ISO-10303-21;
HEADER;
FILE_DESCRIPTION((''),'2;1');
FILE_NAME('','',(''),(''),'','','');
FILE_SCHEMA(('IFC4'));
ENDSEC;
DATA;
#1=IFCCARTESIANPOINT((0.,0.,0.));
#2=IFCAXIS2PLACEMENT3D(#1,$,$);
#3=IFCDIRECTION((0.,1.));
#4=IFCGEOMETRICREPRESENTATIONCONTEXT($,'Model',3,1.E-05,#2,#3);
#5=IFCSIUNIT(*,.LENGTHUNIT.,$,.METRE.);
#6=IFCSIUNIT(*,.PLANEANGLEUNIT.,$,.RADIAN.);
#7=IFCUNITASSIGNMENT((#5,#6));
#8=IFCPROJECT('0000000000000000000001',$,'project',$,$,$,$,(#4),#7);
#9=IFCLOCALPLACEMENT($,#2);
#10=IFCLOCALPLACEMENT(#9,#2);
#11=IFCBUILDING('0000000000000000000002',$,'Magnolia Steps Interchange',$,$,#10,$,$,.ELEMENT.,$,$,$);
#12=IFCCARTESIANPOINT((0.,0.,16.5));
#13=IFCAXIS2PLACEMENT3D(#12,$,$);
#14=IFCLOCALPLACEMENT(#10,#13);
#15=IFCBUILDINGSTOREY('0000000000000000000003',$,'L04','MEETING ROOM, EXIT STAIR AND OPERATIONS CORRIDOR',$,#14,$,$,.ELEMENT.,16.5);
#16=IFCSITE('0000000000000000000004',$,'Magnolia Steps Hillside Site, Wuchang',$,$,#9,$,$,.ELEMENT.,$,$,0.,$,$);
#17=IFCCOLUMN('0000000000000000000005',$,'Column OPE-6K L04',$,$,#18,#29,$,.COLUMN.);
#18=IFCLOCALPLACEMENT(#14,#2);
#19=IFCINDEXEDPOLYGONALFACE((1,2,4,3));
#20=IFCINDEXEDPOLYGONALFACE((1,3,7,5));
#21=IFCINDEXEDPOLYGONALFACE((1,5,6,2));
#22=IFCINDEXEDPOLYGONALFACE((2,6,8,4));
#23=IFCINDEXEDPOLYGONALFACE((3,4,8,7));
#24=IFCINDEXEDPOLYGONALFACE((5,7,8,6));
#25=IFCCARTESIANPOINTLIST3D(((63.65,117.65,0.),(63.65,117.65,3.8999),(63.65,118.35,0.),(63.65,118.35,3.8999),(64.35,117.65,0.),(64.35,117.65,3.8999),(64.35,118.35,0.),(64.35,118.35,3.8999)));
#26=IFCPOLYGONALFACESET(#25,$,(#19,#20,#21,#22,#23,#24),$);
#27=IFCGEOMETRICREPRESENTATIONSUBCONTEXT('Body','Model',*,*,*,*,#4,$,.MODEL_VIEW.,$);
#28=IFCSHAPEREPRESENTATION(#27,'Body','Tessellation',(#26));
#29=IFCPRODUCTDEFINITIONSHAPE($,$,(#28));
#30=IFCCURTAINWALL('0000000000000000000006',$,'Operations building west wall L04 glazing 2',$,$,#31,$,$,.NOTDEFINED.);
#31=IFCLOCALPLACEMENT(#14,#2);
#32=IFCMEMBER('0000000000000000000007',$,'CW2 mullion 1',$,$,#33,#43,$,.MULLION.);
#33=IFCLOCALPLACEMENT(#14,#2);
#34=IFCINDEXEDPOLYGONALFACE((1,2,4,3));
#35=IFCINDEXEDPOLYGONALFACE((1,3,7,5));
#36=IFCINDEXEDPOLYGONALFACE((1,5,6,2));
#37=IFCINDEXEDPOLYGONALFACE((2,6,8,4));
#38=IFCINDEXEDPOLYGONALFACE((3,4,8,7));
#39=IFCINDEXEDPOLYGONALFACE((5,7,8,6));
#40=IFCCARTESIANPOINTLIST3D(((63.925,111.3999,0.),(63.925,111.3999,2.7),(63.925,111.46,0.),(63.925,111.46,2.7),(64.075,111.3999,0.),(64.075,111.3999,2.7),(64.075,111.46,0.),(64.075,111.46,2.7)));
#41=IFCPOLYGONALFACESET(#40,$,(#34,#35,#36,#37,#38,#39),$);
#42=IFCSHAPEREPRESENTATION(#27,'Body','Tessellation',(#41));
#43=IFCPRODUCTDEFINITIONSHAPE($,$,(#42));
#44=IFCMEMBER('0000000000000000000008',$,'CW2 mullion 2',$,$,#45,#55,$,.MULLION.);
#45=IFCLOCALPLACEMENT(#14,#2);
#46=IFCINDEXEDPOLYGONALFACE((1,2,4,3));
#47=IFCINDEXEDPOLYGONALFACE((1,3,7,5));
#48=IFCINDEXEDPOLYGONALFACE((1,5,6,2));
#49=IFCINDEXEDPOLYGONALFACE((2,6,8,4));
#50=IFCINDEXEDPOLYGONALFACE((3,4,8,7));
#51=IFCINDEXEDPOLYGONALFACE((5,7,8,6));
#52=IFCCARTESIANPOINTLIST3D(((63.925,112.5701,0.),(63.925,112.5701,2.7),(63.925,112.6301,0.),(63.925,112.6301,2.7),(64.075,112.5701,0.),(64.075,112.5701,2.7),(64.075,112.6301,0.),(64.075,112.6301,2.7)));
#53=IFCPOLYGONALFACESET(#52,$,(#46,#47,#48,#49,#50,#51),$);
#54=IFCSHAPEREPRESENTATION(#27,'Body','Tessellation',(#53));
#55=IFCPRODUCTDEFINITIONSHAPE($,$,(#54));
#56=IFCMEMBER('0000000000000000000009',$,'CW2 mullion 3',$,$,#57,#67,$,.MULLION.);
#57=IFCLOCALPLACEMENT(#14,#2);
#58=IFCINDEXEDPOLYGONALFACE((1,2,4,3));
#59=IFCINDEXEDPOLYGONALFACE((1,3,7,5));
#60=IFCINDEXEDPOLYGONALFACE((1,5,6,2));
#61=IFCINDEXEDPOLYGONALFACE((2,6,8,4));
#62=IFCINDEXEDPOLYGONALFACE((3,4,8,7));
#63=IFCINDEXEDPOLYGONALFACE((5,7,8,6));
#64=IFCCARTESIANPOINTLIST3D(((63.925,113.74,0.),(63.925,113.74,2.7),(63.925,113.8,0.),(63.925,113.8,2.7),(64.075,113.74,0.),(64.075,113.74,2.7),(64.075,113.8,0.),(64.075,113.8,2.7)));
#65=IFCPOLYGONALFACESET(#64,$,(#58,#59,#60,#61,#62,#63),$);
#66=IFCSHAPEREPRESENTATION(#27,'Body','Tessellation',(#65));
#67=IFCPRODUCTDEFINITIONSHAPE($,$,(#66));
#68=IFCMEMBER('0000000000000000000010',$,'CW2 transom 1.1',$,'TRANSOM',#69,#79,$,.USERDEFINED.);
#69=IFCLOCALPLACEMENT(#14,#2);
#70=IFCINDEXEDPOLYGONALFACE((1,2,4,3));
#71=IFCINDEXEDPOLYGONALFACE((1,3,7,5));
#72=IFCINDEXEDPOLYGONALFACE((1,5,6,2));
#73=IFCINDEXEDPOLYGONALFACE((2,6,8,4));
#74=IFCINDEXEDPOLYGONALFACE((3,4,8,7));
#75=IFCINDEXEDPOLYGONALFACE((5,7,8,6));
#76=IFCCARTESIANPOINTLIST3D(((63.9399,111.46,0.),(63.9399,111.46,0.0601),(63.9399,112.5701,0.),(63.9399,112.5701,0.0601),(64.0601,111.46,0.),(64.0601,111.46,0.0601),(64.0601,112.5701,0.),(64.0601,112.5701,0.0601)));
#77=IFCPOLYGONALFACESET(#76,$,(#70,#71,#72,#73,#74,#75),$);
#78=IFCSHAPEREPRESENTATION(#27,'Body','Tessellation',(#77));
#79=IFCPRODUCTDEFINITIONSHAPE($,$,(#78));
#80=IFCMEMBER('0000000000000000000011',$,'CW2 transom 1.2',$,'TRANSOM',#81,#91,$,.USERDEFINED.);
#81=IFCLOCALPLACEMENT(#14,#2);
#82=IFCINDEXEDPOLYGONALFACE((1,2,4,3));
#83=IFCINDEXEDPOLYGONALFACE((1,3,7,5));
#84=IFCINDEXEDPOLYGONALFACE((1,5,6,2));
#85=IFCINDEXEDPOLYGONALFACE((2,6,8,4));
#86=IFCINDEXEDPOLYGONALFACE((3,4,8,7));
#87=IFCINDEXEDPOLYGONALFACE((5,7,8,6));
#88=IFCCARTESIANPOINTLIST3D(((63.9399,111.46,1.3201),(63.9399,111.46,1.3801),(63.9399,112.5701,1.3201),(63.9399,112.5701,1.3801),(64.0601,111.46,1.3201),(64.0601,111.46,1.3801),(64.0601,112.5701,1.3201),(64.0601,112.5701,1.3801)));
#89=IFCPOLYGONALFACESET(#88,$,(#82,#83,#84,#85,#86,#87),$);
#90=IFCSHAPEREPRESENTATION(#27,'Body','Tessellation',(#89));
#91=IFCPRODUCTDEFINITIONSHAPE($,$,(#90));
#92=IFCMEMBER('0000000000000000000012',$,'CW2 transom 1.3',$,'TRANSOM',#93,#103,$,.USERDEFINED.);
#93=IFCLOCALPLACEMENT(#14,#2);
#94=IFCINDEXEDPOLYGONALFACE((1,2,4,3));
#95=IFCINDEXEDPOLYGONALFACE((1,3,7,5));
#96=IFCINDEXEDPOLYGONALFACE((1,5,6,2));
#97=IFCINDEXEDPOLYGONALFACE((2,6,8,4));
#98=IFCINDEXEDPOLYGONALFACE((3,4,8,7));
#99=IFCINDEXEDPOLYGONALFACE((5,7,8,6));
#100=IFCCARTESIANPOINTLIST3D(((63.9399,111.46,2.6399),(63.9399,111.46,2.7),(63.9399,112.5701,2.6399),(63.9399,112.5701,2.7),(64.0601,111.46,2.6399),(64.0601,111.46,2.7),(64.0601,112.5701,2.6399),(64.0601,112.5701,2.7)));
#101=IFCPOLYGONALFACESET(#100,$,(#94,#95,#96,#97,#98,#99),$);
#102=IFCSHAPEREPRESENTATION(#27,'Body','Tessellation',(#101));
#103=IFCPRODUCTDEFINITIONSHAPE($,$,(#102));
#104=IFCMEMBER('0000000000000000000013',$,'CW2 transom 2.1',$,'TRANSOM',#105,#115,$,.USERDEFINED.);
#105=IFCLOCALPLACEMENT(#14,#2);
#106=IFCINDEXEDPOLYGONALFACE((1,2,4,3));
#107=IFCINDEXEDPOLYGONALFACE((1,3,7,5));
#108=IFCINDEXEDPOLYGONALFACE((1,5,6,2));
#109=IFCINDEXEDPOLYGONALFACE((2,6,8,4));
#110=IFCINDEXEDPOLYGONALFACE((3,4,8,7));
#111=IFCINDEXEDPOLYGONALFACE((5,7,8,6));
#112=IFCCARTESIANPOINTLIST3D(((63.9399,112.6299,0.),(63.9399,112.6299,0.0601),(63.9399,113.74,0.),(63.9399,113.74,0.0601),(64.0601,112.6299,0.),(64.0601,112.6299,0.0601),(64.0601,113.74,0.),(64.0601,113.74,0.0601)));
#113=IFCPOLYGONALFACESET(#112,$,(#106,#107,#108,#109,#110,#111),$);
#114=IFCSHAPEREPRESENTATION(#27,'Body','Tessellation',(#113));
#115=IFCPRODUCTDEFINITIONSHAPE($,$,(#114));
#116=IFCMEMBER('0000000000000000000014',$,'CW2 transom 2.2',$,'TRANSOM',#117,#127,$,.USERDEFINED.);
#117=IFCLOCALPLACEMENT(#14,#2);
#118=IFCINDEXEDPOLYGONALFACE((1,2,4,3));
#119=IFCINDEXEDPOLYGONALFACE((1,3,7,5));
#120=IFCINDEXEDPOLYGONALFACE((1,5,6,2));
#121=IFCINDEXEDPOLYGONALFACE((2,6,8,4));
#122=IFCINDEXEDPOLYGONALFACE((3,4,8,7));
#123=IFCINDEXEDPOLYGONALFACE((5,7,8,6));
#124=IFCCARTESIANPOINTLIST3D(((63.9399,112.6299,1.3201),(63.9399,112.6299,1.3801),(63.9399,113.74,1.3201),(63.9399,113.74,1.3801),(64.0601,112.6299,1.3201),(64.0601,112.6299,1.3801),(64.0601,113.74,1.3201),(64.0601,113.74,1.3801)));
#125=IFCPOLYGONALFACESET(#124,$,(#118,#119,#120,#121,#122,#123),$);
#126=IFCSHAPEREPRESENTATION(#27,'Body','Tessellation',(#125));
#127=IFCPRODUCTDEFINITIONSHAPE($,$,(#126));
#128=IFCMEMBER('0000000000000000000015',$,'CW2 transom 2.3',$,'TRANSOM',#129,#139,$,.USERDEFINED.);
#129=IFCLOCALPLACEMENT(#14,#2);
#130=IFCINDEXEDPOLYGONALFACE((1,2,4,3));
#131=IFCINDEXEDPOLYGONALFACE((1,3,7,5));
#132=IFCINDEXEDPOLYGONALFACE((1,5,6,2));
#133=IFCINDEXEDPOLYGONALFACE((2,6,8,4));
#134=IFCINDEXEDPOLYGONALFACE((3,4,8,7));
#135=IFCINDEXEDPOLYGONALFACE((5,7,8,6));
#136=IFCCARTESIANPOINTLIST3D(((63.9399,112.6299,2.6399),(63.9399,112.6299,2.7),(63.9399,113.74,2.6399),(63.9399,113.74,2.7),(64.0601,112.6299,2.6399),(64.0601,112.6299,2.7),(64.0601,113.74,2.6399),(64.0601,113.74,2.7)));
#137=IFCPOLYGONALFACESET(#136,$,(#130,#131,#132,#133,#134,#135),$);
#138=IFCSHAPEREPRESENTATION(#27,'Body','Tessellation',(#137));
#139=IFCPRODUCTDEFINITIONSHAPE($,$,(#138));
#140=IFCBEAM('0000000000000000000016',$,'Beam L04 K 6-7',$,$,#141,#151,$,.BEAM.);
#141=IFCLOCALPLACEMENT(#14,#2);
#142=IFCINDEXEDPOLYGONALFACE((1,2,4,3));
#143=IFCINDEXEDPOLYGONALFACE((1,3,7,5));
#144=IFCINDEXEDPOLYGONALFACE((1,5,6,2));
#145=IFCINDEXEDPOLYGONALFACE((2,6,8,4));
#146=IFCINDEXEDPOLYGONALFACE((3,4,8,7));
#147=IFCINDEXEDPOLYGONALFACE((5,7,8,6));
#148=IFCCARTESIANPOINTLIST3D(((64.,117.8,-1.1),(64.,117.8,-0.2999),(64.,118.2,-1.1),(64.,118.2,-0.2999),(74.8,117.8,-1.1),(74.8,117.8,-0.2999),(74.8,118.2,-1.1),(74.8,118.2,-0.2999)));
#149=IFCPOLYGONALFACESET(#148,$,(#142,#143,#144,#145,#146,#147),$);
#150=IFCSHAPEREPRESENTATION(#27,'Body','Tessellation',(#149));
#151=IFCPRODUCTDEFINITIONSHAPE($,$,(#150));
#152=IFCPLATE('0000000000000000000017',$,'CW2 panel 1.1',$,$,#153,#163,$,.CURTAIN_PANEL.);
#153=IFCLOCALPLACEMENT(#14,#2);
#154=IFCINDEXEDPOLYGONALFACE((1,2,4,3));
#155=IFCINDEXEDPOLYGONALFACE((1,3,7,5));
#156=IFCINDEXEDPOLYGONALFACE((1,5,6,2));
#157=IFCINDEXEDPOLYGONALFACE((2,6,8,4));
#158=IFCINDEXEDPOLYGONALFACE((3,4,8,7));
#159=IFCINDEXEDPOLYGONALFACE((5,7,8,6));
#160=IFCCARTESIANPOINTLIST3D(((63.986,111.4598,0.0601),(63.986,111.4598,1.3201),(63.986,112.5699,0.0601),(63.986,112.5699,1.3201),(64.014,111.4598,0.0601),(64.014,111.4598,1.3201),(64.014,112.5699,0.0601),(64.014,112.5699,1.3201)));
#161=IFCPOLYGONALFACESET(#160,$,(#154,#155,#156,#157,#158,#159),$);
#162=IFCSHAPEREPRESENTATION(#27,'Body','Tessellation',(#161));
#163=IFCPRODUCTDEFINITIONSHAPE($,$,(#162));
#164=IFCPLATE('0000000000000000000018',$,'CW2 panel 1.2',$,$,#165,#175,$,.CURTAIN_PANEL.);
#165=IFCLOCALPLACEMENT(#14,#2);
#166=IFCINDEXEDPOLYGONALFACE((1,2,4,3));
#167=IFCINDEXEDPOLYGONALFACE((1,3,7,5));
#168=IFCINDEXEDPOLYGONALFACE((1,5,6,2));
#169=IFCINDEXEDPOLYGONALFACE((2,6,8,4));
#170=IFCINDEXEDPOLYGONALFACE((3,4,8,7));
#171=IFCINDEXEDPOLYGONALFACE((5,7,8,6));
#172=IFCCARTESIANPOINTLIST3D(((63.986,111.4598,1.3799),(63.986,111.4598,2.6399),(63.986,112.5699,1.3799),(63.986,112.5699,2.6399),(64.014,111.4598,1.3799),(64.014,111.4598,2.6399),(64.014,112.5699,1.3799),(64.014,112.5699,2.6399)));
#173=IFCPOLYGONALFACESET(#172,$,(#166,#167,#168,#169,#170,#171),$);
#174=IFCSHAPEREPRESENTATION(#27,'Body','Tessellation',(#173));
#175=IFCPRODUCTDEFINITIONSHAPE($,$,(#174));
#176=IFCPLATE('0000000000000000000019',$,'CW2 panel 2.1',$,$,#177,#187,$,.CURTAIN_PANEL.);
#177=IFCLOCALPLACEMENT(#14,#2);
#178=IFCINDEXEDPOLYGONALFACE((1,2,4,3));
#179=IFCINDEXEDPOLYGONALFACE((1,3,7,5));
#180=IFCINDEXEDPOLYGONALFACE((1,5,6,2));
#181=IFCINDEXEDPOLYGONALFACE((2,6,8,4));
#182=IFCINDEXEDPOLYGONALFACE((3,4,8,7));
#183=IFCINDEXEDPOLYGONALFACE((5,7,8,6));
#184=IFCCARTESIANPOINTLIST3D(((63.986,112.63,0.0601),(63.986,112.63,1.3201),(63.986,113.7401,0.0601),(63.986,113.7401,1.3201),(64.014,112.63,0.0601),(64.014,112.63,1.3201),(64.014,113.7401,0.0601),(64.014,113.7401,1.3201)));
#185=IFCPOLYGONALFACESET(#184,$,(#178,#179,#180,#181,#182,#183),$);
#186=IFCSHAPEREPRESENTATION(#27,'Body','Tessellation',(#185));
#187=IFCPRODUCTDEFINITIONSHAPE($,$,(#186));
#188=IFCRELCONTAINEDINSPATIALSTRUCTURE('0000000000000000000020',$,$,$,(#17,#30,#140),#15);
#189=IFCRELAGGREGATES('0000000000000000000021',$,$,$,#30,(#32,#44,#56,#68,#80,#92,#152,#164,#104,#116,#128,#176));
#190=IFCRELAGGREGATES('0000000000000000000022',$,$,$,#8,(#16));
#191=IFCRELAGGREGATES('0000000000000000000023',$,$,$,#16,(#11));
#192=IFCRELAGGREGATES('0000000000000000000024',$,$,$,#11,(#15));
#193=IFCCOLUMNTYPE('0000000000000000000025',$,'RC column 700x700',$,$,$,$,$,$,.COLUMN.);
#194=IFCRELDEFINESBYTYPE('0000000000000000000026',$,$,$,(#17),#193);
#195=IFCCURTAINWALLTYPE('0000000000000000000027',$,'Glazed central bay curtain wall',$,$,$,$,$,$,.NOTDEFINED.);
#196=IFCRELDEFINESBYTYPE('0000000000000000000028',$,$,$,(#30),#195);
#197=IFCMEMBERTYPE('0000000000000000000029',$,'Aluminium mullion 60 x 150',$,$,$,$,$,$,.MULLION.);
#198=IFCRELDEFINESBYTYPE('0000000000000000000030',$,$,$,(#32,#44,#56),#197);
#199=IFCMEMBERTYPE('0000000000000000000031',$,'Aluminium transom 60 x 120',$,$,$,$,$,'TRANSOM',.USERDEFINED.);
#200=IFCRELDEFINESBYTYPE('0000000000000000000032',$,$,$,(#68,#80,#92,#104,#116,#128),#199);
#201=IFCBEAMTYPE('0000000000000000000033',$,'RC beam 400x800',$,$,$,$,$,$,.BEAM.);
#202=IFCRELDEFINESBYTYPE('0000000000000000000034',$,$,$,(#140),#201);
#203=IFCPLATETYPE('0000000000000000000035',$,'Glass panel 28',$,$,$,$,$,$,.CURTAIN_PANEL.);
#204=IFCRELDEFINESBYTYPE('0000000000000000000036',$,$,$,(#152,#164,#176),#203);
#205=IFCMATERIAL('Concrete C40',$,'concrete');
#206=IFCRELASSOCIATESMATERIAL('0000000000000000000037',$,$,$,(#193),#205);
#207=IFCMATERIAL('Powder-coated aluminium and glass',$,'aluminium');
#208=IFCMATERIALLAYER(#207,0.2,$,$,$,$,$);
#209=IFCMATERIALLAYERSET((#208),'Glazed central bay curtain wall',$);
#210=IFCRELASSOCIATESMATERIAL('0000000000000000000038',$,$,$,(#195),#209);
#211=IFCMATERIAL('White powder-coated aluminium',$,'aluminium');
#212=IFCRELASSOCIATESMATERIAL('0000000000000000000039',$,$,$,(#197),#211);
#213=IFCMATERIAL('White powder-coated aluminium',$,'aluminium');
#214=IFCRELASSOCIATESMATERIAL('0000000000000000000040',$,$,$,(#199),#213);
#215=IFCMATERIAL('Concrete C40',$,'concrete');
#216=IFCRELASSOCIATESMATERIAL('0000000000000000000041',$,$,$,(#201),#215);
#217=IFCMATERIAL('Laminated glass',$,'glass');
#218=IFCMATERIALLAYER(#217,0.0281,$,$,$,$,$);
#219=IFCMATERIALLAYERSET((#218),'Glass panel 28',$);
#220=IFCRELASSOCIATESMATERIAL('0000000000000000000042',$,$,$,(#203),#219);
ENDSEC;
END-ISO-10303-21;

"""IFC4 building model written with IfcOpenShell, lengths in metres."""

from ifc_helpers import new_model, si_unit, direction, frame, origin, origin_2d, place, context, subcontext, project, spatial, rectangle, extrude, material, layer, layer_set, material_profile, profile_set, type_object, element, aggregate, save


model = new_model("IFC4")

# Units and contexts
model_context = context("Model", 3, precision=1e-05, world=origin(), true_north=direction((0.0, 1.0)))
body_context = subcontext(model_context, "Body", "Model", "MODEL_VIEW")
ifc_project = project(units=[si_unit("LENGTHUNIT", "METRE"), si_unit("PLANEANGLEUNIT", "RADIAN")], contexts=[model_context])

# Site, building, storey
site_placement = place(None, origin())
site = spatial("IfcSite", under=ifc_project, at=site_placement, Name="Magnolia Steps Hillside Site, Wuchang", CompositionType="ELEMENT", RefElevation=0.0)
building_placement = place(site_placement, origin())
building = spatial("IfcBuilding", under=site, at=building_placement, Name="Magnolia Steps Interchange", CompositionType="ELEMENT")
storey_placement = place(building_placement, frame((0.0, 0.0, 16.5)))
storey = spatial("IfcBuildingStorey", under=building, at=storey_placement, Name="L04", Description="MEETING ROOM, EXIT STAIR AND OPERATIONS CORRIDOR", CompositionType="ELEMENT", Elevation=16.5)

# Column
ifc_material_1 = material(Name="Concrete C40", Category="concrete")
ifc_material_profile_1 = material_profile(ifc_material_1, rectangle(XDim=0.7, YDim=0.7, at=origin_2d()), Name="RC700x700")
ifc_profile_set_1 = profile_set([ifc_material_profile_1], Name="Concrete C40")
column_type = type_object("IfcColumnType", Name="RC column 700x700", PredefinedType="COLUMN", material=ifc_profile_set_1)
column_placement = place(storey_placement, frame((64.0, 118.0, 0.0), z_axis=(0.0, 0.0, 1.0), x_axis=(1.0, 0.0, 0.0)))
element("IfcColumn", 1, at=column_placement, inside=storey, type_object=column_type, Name="Column OPE-6K L04", PredefinedType="COLUMN", context=body_context, shape_type="SweptSolid", body=[
    extrude(rectangle(XDim=0.7, YDim=0.7, at=origin_2d()), origin(), (0.0, 0.0, 1.0), 3.8999),
])

# Curtain wall, members
ifc_material_2 = material(Name="Powder-coated aluminium and glass", Category="aluminium")
ifc_layer_1 = layer(ifc_material_2, 0.2)
ifc_layer_set_1 = layer_set([ifc_layer_1], Name="Glazed central bay curtain wall")
curtain_wall_type = type_object("IfcCurtainWallType", Name="Glazed central bay curtain wall", PredefinedType="NOTDEFINED", material=ifc_layer_set_1)
curtain_wall_placement = place(storey_placement, origin())
curtain_wall = element("IfcCurtainWall", 2, at=curtain_wall_placement, inside=storey, type_object=curtain_wall_type, Name="Operations building west wall L04 glazing 2", PredefinedType="NOTDEFINED")
ifc_material_3 = material(Name="White powder-coated aluminium", Category="aluminium")
ifc_material_profile_2 = material_profile(ifc_material_3, rectangle(XDim=0.0601, YDim=0.1499, at=origin_2d()), Name="Aluminium mullion 60 x 150")
ifc_profile_set_2 = profile_set([ifc_material_profile_2], Name="White powder-coated aluminium")
member_type_1 = type_object("IfcMemberType", Name="Aluminium mullion 60 x 150", PredefinedType="MULLION", material=ifc_profile_set_2)
member_1_placement = place(storey_placement, frame((64.0, 111.4299, 0.0), z_axis=(0.0, 0.0, 1.0), x_axis=(0.0, 1.0, 0.0)))
member_1 = element("IfcMember", 3, at=member_1_placement, type_object=member_type_1, Name="CW2 mullion 1", PredefinedType="MULLION", context=body_context, shape_type="SweptSolid", body=[
    extrude(rectangle(XDim=0.0601, YDim=0.1499, at=origin_2d()), origin(), (0.0, 0.0, 1.0), 2.7),
])
member_2_placement = place(storey_placement, frame((64.0, 112.6001, 0.0), z_axis=(0.0, 0.0, 1.0), x_axis=(0.0, 1.0, 0.0)))
member_2 = element("IfcMember", 4, at=member_2_placement, type_object=member_type_1, Name="CW2 mullion 2", PredefinedType="MULLION", context=body_context, shape_type="SweptSolid", body=[
    extrude(rectangle(XDim=0.0601, YDim=0.1499, at=origin_2d()), origin(), (0.0, 0.0, 1.0), 2.7),
])
member_3_placement = place(storey_placement, frame((64.0, 113.77, 0.0), z_axis=(0.0, 0.0, 1.0), x_axis=(0.0, 1.0, 0.0)))
member_3 = element("IfcMember", 5, at=member_3_placement, type_object=member_type_1, Name="CW2 mullion 3", PredefinedType="MULLION", context=body_context, shape_type="SweptSolid", body=[
    extrude(rectangle(XDim=0.0601, YDim=0.1499, at=origin_2d()), origin(), (0.0, 0.0, 1.0), 2.7),
])
ifc_material_4 = material(Name="White powder-coated aluminium", Category="aluminium")
ifc_material_profile_3 = material_profile(ifc_material_4, rectangle(XDim=0.0601, YDim=0.1201, at=origin_2d()), Name="Aluminium transom 60 x 120")
ifc_profile_set_3 = profile_set([ifc_material_profile_3], Name="White powder-coated aluminium")
member_type_2 = type_object("IfcMemberType", Name="Aluminium transom 60 x 120", ElementType="TRANSOM", PredefinedType="USERDEFINED", material=ifc_profile_set_3)
member_4_placement = place(storey_placement, frame((64.0, 111.46, 0.03), z_axis=(0.0, 1.0, 0.0), x_axis=(0.0, 0.0, 1.0)))
member_4 = element("IfcMember", 6, at=member_4_placement, type_object=member_type_2, Name="CW2 transom 1.1", ObjectType="TRANSOM", PredefinedType="USERDEFINED", context=body_context, shape_type="SweptSolid", body=[
    extrude(rectangle(XDim=0.0601, YDim=0.1201, at=origin_2d()), origin(), (0.0, 0.0, 1.0), 1.1101),
])
member_5_placement = place(storey_placement, frame((64.0, 111.46, 1.3501), z_axis=(0.0, 1.0, 0.0), x_axis=(0.0, 0.0, 1.0)))
member_5 = element("IfcMember", 7, at=member_5_placement, type_object=member_type_2, Name="CW2 transom 1.2", ObjectType="TRANSOM", PredefinedType="USERDEFINED", context=body_context, shape_type="SweptSolid", body=[
    extrude(rectangle(XDim=0.0601, YDim=0.1201, at=origin_2d()), origin(), (0.0, 0.0, 1.0), 1.1101),
])
member_6_placement = place(storey_placement, frame((64.0, 111.46, 2.6699), z_axis=(0.0, 1.0, 0.0), x_axis=(0.0, 0.0, 1.0)))
member_6 = element("IfcMember", 8, at=member_6_placement, type_object=member_type_2, Name="CW2 transom 1.3", ObjectType="TRANSOM", PredefinedType="USERDEFINED", context=body_context, shape_type="SweptSolid", body=[
    extrude(rectangle(XDim=0.0601, YDim=0.1201, at=origin_2d()), origin(), (0.0, 0.0, 1.0), 1.1101),
])
member_7_placement = place(storey_placement, frame((64.0, 112.6299, 0.03), z_axis=(0.0, 1.0, 0.0), x_axis=(0.0, 0.0, 1.0)))
member_7 = element("IfcMember", 9, at=member_7_placement, type_object=member_type_2, Name="CW2 transom 2.1", ObjectType="TRANSOM", PredefinedType="USERDEFINED", context=body_context, shape_type="SweptSolid", body=[
    extrude(rectangle(XDim=0.0601, YDim=0.1201, at=origin_2d()), origin(), (0.0, 0.0, 1.0), 1.1101),
])
member_8_placement = place(storey_placement, frame((64.0, 112.6299, 1.3501), z_axis=(0.0, 1.0, 0.0), x_axis=(0.0, 0.0, 1.0)))
member_8 = element("IfcMember", 10, at=member_8_placement, type_object=member_type_2, Name="CW2 transom 2.2", ObjectType="TRANSOM", PredefinedType="USERDEFINED", context=body_context, shape_type="SweptSolid", body=[
    extrude(rectangle(XDim=0.0601, YDim=0.1201, at=origin_2d()), origin(), (0.0, 0.0, 1.0), 1.1101),
])
member_9_placement = place(storey_placement, frame((64.0, 112.6299, 2.6699), z_axis=(0.0, 1.0, 0.0), x_axis=(0.0, 0.0, 1.0)))
member_9 = element("IfcMember", 11, at=member_9_placement, type_object=member_type_2, Name="CW2 transom 2.3", ObjectType="TRANSOM", PredefinedType="USERDEFINED", context=body_context, shape_type="SweptSolid", body=[
    extrude(rectangle(XDim=0.0601, YDim=0.1201, at=origin_2d()), origin(), (0.0, 0.0, 1.0), 1.1101),
])

# Beam
ifc_material_5 = material(Name="Concrete C40", Category="concrete")
ifc_material_profile_4 = material_profile(ifc_material_5, rectangle(XDim=0.3999, YDim=0.8, at=origin_2d()), Name="RC400x800")
ifc_profile_set_4 = profile_set([ifc_material_profile_4], Name="Concrete C40")
beam_type = type_object("IfcBeamType", Name="RC beam 400x800", PredefinedType="BEAM", material=ifc_profile_set_4)
beam_placement = place(storey_placement, frame((64.0, 118.0, -0.7), z_axis=(1.0, 0.0, 0.0), x_axis=(0.0, 1.0, 0.0)))
element("IfcBeam", 12, at=beam_placement, inside=storey, type_object=beam_type, Name="Beam L04 K 6-7", PredefinedType="BEAM", context=body_context, shape_type="SweptSolid", body=[
    extrude(rectangle(XDim=0.3999, YDim=0.8, at=origin_2d()), origin(), (0.0, 0.0, 1.0), 10.8),
])

# Plates
ifc_material_6 = material(Name="Laminated glass", Category="glass")
ifc_layer_2 = layer(ifc_material_6, 0.0281)
ifc_layer_set_2 = layer_set([ifc_layer_2], Name="Glass panel 28")
plate_type = type_object("IfcPlateType", Name="Glass panel 28", PredefinedType="CURTAIN_PANEL", material=ifc_layer_set_2)
plate_1_placement = place(storey_placement, frame((64.0, 112.0149, 0.0601), z_axis=(0.0, 0.0, 1.0), x_axis=(0.0, 1.0, 0.0)))
plate_1 = element("IfcPlate", 13, at=plate_1_placement, type_object=plate_type, Name="CW2 panel 1.1", PredefinedType="CURTAIN_PANEL", context=body_context, shape_type="SweptSolid", body=[
    extrude(rectangle(XDim=1.1101, YDim=0.0281, at=origin_2d()), origin(), (0.0, 0.0, 1.0), 1.26),
])
plate_2_placement = place(storey_placement, frame((64.0, 112.0149, 1.3799), z_axis=(0.0, 0.0, 1.0), x_axis=(0.0, 1.0, 0.0)))
plate_2 = element("IfcPlate", 14, at=plate_2_placement, type_object=plate_type, Name="CW2 panel 1.2", PredefinedType="CURTAIN_PANEL", context=body_context, shape_type="SweptSolid", body=[
    extrude(rectangle(XDim=1.1101, YDim=0.0281, at=origin_2d()), origin(), (0.0, 0.0, 1.0), 1.26),
])
plate_3_placement = place(storey_placement, frame((64.0, 113.1851, 0.0601), z_axis=(0.0, 0.0, 1.0), x_axis=(0.0, 1.0, 0.0)))
plate_3 = element("IfcPlate", 15, at=plate_3_placement, type_object=plate_type, Name="CW2 panel 2.1", PredefinedType="CURTAIN_PANEL", context=body_context, shape_type="SweptSolid", body=[
    extrude(rectangle(XDim=1.1101, YDim=0.0281, at=origin_2d()), origin(), (0.0, 0.0, 1.0), 1.26),
])
aggregate(curtain_wall, [member_1, member_2, member_3, member_4, member_5, member_6, plate_1, plate_2, member_7, member_8, member_9, plate_3])

save(model, "model.ifc")
